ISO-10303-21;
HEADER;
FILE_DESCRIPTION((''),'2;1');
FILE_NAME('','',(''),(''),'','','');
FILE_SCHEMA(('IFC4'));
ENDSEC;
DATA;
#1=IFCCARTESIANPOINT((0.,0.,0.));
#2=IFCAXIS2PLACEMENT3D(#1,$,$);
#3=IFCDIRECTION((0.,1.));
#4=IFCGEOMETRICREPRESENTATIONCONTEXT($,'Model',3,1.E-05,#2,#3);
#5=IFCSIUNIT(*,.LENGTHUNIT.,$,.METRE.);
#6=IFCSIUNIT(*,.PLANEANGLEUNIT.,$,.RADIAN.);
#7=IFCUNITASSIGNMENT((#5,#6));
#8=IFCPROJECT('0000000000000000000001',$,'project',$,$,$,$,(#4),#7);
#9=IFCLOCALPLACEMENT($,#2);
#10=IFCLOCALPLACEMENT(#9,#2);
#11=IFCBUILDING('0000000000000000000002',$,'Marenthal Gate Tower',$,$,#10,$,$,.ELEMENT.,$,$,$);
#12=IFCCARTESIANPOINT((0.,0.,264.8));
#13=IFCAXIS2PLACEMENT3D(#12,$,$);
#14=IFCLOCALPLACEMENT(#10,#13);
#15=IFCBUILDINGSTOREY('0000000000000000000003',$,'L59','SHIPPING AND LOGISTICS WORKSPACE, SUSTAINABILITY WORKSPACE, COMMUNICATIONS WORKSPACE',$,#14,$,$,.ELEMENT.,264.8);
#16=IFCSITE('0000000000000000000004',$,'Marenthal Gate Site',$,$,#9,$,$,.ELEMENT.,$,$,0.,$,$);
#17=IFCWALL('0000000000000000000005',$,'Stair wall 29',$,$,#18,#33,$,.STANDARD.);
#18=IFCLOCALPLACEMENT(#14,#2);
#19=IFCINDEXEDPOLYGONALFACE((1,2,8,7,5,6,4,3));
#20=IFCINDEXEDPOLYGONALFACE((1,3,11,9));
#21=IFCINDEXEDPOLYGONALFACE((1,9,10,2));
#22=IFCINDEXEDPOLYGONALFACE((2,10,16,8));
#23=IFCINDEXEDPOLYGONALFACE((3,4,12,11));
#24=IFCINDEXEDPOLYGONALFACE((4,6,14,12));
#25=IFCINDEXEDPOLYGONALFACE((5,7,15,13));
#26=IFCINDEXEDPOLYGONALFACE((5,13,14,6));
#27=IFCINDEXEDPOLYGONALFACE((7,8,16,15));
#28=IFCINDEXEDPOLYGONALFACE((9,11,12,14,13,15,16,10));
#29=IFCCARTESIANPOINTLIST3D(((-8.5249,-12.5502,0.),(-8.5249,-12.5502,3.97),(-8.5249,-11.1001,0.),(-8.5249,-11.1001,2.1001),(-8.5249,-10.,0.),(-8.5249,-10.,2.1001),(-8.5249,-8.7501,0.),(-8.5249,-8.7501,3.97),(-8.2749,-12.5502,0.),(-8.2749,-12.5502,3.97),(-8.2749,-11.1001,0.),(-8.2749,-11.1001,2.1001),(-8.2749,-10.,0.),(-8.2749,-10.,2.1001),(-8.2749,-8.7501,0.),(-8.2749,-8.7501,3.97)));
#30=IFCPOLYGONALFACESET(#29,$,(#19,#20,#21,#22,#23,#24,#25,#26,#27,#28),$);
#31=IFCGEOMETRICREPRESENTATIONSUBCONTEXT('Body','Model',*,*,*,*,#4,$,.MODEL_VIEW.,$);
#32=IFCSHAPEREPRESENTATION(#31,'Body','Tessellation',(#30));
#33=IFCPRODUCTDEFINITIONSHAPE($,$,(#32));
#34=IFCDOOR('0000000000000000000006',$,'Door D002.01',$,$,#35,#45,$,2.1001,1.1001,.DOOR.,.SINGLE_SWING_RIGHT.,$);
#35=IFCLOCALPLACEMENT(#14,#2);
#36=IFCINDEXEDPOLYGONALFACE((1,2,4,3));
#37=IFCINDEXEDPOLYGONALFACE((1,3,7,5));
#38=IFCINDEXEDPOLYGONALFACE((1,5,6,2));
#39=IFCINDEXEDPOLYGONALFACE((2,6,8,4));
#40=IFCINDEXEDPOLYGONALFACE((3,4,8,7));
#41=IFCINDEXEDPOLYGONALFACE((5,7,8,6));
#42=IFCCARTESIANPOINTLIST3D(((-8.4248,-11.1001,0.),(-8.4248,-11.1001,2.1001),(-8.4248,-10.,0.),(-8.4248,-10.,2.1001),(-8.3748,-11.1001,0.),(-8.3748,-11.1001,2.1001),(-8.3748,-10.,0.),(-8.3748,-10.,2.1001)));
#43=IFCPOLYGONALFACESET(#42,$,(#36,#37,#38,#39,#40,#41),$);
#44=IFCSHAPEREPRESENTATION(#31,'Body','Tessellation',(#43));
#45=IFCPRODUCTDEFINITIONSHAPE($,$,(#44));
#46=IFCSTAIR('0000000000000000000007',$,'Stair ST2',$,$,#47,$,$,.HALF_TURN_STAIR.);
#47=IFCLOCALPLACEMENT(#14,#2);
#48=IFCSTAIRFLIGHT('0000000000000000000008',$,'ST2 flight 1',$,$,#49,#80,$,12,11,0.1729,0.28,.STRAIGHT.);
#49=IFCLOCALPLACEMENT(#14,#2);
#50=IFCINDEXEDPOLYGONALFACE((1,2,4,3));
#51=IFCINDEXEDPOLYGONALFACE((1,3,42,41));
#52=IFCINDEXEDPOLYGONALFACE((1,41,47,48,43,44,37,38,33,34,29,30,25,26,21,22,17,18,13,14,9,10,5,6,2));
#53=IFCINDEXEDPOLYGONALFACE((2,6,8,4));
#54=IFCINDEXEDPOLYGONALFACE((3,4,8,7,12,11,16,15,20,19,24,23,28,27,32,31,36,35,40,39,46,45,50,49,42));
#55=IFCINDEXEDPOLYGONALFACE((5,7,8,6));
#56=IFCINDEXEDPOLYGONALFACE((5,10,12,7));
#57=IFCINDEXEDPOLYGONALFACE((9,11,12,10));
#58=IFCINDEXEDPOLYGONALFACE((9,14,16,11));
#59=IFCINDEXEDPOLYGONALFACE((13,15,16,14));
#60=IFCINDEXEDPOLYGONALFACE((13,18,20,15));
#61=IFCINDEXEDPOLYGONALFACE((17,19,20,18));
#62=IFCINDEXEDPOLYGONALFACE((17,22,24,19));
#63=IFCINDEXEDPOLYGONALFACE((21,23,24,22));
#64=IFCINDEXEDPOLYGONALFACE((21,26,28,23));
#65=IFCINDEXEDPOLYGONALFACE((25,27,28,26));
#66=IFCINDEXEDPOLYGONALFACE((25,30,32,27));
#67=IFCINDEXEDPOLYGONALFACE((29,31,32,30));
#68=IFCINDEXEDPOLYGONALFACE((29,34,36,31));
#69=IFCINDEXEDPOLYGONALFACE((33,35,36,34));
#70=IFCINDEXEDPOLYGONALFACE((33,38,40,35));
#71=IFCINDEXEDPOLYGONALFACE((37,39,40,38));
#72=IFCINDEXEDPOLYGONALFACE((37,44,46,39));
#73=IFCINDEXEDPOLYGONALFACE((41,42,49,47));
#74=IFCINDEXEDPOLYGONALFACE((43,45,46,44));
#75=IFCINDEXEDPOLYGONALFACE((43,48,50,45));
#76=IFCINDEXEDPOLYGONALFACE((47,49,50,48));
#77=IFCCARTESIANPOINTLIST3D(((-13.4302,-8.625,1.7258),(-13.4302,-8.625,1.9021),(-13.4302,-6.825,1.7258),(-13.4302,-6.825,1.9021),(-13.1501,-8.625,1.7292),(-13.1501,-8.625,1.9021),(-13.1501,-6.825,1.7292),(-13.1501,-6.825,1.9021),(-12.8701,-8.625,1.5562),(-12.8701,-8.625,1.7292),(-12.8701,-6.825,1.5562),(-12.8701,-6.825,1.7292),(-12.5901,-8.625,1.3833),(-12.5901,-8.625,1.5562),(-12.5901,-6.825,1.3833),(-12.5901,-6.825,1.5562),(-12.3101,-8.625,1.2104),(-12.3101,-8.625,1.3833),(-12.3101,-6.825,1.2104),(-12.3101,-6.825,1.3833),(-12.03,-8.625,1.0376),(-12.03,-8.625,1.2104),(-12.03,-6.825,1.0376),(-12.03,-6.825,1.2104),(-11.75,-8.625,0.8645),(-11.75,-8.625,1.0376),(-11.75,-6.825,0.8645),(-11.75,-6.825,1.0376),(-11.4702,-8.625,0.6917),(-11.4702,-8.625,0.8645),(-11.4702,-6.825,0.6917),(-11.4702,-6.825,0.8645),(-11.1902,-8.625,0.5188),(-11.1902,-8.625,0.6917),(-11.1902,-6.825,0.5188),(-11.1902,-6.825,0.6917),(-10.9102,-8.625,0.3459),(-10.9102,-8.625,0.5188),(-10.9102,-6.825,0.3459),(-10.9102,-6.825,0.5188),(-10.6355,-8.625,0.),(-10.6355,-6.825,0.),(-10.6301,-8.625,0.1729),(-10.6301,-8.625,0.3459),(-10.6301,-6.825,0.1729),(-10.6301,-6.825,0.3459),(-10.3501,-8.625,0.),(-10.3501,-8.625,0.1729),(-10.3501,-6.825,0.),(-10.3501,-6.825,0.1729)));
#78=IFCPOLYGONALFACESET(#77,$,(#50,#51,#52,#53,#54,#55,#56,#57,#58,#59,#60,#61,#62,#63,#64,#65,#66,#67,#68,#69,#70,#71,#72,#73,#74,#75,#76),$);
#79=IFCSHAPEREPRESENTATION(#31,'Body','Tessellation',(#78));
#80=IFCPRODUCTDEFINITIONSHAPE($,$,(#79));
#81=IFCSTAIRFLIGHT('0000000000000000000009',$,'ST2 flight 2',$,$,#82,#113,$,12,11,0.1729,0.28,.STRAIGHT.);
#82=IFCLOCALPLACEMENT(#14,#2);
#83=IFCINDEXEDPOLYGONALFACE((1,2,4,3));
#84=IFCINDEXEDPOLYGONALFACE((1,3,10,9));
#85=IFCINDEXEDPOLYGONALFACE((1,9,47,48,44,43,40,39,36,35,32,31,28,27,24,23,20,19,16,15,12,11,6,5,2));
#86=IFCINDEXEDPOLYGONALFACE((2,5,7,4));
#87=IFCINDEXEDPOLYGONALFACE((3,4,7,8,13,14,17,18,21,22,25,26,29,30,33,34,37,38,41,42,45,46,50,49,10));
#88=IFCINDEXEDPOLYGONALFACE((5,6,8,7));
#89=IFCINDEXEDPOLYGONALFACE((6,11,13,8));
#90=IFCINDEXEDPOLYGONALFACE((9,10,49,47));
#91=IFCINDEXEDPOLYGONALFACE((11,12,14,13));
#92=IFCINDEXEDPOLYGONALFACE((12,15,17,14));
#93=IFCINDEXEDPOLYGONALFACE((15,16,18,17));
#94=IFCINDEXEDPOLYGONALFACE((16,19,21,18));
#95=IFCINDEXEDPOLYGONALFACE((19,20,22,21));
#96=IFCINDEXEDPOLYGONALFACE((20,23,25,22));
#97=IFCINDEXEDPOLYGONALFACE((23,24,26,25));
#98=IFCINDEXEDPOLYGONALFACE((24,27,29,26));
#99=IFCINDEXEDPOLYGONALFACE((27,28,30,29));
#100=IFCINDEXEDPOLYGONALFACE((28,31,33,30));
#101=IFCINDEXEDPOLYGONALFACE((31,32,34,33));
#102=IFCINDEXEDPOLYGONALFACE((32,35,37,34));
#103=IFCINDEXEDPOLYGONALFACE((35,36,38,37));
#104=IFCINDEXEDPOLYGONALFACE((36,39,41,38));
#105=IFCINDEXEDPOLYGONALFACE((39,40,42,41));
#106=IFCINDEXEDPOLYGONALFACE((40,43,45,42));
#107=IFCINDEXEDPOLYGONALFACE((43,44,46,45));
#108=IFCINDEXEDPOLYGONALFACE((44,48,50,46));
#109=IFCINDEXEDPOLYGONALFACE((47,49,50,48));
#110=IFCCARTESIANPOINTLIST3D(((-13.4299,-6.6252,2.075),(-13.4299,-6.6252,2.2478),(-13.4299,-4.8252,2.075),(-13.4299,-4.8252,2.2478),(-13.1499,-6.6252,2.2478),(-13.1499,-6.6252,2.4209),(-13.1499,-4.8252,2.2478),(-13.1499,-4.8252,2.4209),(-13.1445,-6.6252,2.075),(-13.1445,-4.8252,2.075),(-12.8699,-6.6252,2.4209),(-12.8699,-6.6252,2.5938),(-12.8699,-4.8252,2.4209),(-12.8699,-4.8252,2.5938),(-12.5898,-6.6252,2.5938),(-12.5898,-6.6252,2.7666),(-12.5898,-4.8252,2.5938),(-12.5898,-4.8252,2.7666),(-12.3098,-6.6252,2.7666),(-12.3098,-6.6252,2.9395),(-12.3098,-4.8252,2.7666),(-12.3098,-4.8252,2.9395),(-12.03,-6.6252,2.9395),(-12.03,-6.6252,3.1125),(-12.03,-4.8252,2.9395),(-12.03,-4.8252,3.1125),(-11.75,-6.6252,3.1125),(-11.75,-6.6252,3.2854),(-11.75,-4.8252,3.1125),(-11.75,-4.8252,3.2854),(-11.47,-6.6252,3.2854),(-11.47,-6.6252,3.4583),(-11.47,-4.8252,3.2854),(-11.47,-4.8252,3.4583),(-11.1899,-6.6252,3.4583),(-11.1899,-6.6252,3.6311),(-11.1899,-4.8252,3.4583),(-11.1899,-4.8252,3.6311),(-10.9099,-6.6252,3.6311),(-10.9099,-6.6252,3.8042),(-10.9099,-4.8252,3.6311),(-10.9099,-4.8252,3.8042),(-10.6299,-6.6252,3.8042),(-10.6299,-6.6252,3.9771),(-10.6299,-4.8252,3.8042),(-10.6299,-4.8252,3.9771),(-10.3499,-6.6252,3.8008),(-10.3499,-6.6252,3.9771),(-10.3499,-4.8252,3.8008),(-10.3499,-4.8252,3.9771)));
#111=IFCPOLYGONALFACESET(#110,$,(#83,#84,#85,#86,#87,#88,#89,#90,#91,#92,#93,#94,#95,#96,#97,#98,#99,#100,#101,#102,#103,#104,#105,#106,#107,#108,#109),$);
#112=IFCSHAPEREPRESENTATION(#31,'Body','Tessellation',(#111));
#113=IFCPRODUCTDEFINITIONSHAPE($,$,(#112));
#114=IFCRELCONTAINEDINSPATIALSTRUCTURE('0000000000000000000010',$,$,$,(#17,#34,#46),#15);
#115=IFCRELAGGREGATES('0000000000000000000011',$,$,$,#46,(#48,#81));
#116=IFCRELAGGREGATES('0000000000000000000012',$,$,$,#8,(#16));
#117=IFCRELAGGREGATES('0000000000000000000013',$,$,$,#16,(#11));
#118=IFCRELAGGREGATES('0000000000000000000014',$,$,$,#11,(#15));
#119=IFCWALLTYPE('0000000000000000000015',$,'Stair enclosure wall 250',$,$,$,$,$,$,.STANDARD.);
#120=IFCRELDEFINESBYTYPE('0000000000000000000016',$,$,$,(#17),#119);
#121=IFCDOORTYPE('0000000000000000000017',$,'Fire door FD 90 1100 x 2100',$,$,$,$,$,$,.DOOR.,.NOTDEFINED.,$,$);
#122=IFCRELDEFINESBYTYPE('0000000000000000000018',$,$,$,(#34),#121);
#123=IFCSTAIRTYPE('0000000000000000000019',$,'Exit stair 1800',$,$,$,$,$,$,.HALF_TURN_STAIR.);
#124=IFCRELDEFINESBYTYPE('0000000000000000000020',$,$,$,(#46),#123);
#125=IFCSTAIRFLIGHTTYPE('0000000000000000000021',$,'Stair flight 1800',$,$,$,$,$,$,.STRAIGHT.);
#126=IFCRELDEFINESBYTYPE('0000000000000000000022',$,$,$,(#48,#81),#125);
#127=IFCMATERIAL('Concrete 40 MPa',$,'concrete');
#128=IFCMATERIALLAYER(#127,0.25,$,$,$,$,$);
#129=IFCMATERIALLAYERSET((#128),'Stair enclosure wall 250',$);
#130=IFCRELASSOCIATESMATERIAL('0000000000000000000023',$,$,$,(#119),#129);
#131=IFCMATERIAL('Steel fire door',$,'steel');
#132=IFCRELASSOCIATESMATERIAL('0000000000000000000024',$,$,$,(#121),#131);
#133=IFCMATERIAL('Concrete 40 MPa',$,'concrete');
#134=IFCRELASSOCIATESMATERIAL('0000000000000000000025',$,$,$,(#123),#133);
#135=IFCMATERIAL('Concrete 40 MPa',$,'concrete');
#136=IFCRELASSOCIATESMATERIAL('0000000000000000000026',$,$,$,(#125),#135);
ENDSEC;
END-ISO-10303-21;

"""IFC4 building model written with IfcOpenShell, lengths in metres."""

from ifc_helpers import new_model, si_unit, direction, frame, frame_2d, origin, place, context, subcontext, project, spatial, polyline, rectangle, outline, extrude, material, layer, layer_set, type_object, element, fill, aggregate, save


model = new_model("IFC4")

# Units and contexts
model_context = context("Model", 3, precision=1e-05, world=origin(), true_north=direction((0.0, 1.0)))
body_context = subcontext(model_context, "Body", "Model", "MODEL_VIEW")
ifc_project = project(units=[si_unit("LENGTHUNIT", "METRE"), si_unit("PLANEANGLEUNIT", "RADIAN")], contexts=[model_context])

# Site, building, storey
site_placement = place(None, origin())
site = spatial("IfcSite", under=ifc_project, at=site_placement, Name="Marenthal Gate Site", CompositionType="ELEMENT", RefElevation=0.0)
building_placement = place(site_placement, origin())
building = spatial("IfcBuilding", under=site, at=building_placement, Name="Marenthal Gate Tower", CompositionType="ELEMENT")
storey_placement = place(building_placement, frame((0.0, 0.0, 264.8)))
storey = spatial("IfcBuildingStorey", under=building, at=storey_placement, Name="L59", Description="SHIPPING AND LOGISTICS WORKSPACE, SUSTAINABILITY WORKSPACE, COMMUNICATIONS WORKSPACE", CompositionType="ELEMENT", Elevation=264.8)

# Shared definitions
ifc_material_1 = material(Name="Concrete 40 MPa", Category="concrete")
ifc_layer_1 = layer(ifc_material_1, 0.25)
ifc_layer_set_1 = layer_set([ifc_layer_1], Name="Stair enclosure wall 250")
wall_type_1 = type_object("IfcWallType", Name="Stair enclosure wall 250", PredefinedType="STANDARD", material=ifc_layer_set_1)

# Wall, opening, door
wall_1_placement = place(storey_placement, frame((-8.3999, -12.55, 0.0), z_axis=(0.0, 0.0, 1.0), x_axis=(0.0, 1.0, 0.0)))
wall_1 = element("IfcWall", 1, at=wall_1_placement, inside=storey, type_object=wall_type_1, Name="Stair wall 29", PredefinedType="STANDARD", context=body_context, shape_type="SweptSolid", body=[
    extrude(rectangle(XDim=3.8, YDim=0.25, at=frame_2d((1.8999, 0.0))), origin(), (0.0, 0.0, 1.0), 3.97),
])
opening_1_placement = place(wall_1_placement, frame((1.45, 0.0, 0.0)))
opening_1 = element("IfcOpeningElement", 2, at=opening_1_placement, cuts=wall_1, PredefinedType="OPENING", context=body_context, shape_type="SweptSolid", body=[
    extrude(rectangle(XDim=1.1001, YDim=2.1001, at=frame_2d((0.55, 1.05))), frame((0.0, 0.135, 0.0), z_axis=(0.0, -1.0, 0.0), x_axis=(1.0, 0.0, 0.0)), (0.0, 0.0, 1.0), 0.27),
])
ifc_material_2 = material(Name="Steel fire door", Category="steel")
door_type_1 = type_object("IfcDoorType", Name="Fire door FD 90 1100 x 2100", OperationType="NOTDEFINED", PredefinedType="DOOR", material=ifc_material_2)
door_1_placement = place(opening_1_placement, origin())
door_1 = element("IfcDoor", 3, at=door_1_placement, inside=storey, type_object=door_type_1, Name="Door D002.01", OperationType="SINGLE_SWING_RIGHT", OverallHeight=2.1001, OverallWidth=1.1001, PredefinedType="DOOR", context=body_context, shape_type="SweptSolid", body=[
    extrude(rectangle(XDim=1.1001, YDim=2.1001, at=frame_2d((0.55, 1.05))), frame((0.0, 0.0249, 0.0), z_axis=(0.0, -1.0, 0.0), x_axis=(1.0, 0.0, 0.0)), (0.0, 0.0, 1.0), 0.05),
])
fill(opening_1, door_1)

# Stair, stair flights
ifc_material_3 = material(Name="Concrete 40 MPa", Category="concrete")
stair_type = type_object("IfcStairType", Name="Exit stair 1800", PredefinedType="HALF_TURN_STAIR", material=ifc_material_3)
stair_placement = place(storey_placement, origin())
stair = element("IfcStair", 4, at=stair_placement, inside=storey, type_object=stair_type, Name="Stair ST2", PredefinedType="HALF_TURN_STAIR")
ifc_material_4 = material(Name="Concrete 40 MPa", Category="concrete")
stair_flight_type = type_object("IfcStairFlightType", Name="Stair flight 1800", PredefinedType="STRAIGHT", material=ifc_material_4)
stair_flight_1_placement = place(storey_placement, frame((-10.3501, -7.7251, 0.0), z_axis=(0.0, 0.0, 1.0), x_axis=(-1.0, 0.0, 0.0)))
stair_flight_1 = element("IfcStairFlight", 5, at=stair_flight_1_placement, type_object=stair_flight_type, Name="ST2 flight 1", NumberOfRisers=12, NumberOfTreads=11, PredefinedType="STRAIGHT", RiserHeight=0.1729, TreadLength=0.28, context=body_context, shape_type="SweptSolid", body=[
    extrude(outline(polyline([(0.0, 0.0), (0.0, 0.1729), (0.28, 0.1729), (0.28, 0.3459), (0.5601, 0.3459), (0.5601, 0.5188), (0.8401, 0.5188), (0.8401, 0.6917), (1.1201, 0.6917), (1.1201, 0.8645), (1.3999, 0.8645), (1.3999, 1.0376), (1.6799, 1.0376), (1.6799, 1.2104), (1.96, 1.2104), (1.96, 1.3833), (2.24, 1.3833), (2.24, 1.5562), (2.52, 1.5562), (2.52, 1.7292), (2.8, 1.7292), (2.8, 1.9021), (3.0801, 1.9021), (3.0801, 2.075), (3.0801, 1.7258), (0.2854, 0.0), (0.0, 0.0)])), frame((0.0, 0.8999, 0.0), z_axis=(0.0, -1.0, 0.0), x_axis=(1.0, 0.0, 0.0)), (0.0, 0.0, 1.0), 1.8),
])
stair_flight_2_placement = place(storey_placement, frame((-13.4299, -5.7251, 2.075), z_axis=(0.0, 0.0, 1.0), x_axis=(1.0, 0.0, 0.0)))
stair_flight_2 = element("IfcStairFlight", 6, at=stair_flight_2_placement, type_object=stair_flight_type, Name="ST2 flight 2", NumberOfRisers=12, NumberOfTreads=11, PredefinedType="STRAIGHT", RiserHeight=0.1729, TreadLength=0.28, context=body_context, shape_type="SweptSolid", body=[
    extrude(outline(polyline([(0.0, 0.0), (0.0, 0.1729), (0.28, 0.1729), (0.28, 0.3459), (0.5601, 0.3459), (0.5601, 0.5188), (0.8401, 0.5188), (0.8401, 0.6917), (1.1201, 0.6917), (1.1201, 0.8645), (1.3999, 0.8645), (1.3999, 1.0376), (1.6799, 1.0376), (1.6799, 1.2104), (1.96, 1.2104), (1.96, 1.3833), (2.24, 1.3833), (2.24, 1.5562), (2.52, 1.5562), (2.52, 1.7292), (2.8, 1.7292), (2.8, 1.9021), (3.0801, 1.9021), (3.0801, 2.075), (3.0801, 1.7258), (0.2854, 0.0), (0.0, 0.0)])), frame((0.0, 0.8999, 0.0), z_axis=(0.0, -1.0, 0.0), x_axis=(1.0, 0.0, 0.0)), (0.0, 0.0, 1.0), 1.8),
])
aggregate(stair, [stair_flight_1, stair_flight_2])

save(model, "model.ifc")
